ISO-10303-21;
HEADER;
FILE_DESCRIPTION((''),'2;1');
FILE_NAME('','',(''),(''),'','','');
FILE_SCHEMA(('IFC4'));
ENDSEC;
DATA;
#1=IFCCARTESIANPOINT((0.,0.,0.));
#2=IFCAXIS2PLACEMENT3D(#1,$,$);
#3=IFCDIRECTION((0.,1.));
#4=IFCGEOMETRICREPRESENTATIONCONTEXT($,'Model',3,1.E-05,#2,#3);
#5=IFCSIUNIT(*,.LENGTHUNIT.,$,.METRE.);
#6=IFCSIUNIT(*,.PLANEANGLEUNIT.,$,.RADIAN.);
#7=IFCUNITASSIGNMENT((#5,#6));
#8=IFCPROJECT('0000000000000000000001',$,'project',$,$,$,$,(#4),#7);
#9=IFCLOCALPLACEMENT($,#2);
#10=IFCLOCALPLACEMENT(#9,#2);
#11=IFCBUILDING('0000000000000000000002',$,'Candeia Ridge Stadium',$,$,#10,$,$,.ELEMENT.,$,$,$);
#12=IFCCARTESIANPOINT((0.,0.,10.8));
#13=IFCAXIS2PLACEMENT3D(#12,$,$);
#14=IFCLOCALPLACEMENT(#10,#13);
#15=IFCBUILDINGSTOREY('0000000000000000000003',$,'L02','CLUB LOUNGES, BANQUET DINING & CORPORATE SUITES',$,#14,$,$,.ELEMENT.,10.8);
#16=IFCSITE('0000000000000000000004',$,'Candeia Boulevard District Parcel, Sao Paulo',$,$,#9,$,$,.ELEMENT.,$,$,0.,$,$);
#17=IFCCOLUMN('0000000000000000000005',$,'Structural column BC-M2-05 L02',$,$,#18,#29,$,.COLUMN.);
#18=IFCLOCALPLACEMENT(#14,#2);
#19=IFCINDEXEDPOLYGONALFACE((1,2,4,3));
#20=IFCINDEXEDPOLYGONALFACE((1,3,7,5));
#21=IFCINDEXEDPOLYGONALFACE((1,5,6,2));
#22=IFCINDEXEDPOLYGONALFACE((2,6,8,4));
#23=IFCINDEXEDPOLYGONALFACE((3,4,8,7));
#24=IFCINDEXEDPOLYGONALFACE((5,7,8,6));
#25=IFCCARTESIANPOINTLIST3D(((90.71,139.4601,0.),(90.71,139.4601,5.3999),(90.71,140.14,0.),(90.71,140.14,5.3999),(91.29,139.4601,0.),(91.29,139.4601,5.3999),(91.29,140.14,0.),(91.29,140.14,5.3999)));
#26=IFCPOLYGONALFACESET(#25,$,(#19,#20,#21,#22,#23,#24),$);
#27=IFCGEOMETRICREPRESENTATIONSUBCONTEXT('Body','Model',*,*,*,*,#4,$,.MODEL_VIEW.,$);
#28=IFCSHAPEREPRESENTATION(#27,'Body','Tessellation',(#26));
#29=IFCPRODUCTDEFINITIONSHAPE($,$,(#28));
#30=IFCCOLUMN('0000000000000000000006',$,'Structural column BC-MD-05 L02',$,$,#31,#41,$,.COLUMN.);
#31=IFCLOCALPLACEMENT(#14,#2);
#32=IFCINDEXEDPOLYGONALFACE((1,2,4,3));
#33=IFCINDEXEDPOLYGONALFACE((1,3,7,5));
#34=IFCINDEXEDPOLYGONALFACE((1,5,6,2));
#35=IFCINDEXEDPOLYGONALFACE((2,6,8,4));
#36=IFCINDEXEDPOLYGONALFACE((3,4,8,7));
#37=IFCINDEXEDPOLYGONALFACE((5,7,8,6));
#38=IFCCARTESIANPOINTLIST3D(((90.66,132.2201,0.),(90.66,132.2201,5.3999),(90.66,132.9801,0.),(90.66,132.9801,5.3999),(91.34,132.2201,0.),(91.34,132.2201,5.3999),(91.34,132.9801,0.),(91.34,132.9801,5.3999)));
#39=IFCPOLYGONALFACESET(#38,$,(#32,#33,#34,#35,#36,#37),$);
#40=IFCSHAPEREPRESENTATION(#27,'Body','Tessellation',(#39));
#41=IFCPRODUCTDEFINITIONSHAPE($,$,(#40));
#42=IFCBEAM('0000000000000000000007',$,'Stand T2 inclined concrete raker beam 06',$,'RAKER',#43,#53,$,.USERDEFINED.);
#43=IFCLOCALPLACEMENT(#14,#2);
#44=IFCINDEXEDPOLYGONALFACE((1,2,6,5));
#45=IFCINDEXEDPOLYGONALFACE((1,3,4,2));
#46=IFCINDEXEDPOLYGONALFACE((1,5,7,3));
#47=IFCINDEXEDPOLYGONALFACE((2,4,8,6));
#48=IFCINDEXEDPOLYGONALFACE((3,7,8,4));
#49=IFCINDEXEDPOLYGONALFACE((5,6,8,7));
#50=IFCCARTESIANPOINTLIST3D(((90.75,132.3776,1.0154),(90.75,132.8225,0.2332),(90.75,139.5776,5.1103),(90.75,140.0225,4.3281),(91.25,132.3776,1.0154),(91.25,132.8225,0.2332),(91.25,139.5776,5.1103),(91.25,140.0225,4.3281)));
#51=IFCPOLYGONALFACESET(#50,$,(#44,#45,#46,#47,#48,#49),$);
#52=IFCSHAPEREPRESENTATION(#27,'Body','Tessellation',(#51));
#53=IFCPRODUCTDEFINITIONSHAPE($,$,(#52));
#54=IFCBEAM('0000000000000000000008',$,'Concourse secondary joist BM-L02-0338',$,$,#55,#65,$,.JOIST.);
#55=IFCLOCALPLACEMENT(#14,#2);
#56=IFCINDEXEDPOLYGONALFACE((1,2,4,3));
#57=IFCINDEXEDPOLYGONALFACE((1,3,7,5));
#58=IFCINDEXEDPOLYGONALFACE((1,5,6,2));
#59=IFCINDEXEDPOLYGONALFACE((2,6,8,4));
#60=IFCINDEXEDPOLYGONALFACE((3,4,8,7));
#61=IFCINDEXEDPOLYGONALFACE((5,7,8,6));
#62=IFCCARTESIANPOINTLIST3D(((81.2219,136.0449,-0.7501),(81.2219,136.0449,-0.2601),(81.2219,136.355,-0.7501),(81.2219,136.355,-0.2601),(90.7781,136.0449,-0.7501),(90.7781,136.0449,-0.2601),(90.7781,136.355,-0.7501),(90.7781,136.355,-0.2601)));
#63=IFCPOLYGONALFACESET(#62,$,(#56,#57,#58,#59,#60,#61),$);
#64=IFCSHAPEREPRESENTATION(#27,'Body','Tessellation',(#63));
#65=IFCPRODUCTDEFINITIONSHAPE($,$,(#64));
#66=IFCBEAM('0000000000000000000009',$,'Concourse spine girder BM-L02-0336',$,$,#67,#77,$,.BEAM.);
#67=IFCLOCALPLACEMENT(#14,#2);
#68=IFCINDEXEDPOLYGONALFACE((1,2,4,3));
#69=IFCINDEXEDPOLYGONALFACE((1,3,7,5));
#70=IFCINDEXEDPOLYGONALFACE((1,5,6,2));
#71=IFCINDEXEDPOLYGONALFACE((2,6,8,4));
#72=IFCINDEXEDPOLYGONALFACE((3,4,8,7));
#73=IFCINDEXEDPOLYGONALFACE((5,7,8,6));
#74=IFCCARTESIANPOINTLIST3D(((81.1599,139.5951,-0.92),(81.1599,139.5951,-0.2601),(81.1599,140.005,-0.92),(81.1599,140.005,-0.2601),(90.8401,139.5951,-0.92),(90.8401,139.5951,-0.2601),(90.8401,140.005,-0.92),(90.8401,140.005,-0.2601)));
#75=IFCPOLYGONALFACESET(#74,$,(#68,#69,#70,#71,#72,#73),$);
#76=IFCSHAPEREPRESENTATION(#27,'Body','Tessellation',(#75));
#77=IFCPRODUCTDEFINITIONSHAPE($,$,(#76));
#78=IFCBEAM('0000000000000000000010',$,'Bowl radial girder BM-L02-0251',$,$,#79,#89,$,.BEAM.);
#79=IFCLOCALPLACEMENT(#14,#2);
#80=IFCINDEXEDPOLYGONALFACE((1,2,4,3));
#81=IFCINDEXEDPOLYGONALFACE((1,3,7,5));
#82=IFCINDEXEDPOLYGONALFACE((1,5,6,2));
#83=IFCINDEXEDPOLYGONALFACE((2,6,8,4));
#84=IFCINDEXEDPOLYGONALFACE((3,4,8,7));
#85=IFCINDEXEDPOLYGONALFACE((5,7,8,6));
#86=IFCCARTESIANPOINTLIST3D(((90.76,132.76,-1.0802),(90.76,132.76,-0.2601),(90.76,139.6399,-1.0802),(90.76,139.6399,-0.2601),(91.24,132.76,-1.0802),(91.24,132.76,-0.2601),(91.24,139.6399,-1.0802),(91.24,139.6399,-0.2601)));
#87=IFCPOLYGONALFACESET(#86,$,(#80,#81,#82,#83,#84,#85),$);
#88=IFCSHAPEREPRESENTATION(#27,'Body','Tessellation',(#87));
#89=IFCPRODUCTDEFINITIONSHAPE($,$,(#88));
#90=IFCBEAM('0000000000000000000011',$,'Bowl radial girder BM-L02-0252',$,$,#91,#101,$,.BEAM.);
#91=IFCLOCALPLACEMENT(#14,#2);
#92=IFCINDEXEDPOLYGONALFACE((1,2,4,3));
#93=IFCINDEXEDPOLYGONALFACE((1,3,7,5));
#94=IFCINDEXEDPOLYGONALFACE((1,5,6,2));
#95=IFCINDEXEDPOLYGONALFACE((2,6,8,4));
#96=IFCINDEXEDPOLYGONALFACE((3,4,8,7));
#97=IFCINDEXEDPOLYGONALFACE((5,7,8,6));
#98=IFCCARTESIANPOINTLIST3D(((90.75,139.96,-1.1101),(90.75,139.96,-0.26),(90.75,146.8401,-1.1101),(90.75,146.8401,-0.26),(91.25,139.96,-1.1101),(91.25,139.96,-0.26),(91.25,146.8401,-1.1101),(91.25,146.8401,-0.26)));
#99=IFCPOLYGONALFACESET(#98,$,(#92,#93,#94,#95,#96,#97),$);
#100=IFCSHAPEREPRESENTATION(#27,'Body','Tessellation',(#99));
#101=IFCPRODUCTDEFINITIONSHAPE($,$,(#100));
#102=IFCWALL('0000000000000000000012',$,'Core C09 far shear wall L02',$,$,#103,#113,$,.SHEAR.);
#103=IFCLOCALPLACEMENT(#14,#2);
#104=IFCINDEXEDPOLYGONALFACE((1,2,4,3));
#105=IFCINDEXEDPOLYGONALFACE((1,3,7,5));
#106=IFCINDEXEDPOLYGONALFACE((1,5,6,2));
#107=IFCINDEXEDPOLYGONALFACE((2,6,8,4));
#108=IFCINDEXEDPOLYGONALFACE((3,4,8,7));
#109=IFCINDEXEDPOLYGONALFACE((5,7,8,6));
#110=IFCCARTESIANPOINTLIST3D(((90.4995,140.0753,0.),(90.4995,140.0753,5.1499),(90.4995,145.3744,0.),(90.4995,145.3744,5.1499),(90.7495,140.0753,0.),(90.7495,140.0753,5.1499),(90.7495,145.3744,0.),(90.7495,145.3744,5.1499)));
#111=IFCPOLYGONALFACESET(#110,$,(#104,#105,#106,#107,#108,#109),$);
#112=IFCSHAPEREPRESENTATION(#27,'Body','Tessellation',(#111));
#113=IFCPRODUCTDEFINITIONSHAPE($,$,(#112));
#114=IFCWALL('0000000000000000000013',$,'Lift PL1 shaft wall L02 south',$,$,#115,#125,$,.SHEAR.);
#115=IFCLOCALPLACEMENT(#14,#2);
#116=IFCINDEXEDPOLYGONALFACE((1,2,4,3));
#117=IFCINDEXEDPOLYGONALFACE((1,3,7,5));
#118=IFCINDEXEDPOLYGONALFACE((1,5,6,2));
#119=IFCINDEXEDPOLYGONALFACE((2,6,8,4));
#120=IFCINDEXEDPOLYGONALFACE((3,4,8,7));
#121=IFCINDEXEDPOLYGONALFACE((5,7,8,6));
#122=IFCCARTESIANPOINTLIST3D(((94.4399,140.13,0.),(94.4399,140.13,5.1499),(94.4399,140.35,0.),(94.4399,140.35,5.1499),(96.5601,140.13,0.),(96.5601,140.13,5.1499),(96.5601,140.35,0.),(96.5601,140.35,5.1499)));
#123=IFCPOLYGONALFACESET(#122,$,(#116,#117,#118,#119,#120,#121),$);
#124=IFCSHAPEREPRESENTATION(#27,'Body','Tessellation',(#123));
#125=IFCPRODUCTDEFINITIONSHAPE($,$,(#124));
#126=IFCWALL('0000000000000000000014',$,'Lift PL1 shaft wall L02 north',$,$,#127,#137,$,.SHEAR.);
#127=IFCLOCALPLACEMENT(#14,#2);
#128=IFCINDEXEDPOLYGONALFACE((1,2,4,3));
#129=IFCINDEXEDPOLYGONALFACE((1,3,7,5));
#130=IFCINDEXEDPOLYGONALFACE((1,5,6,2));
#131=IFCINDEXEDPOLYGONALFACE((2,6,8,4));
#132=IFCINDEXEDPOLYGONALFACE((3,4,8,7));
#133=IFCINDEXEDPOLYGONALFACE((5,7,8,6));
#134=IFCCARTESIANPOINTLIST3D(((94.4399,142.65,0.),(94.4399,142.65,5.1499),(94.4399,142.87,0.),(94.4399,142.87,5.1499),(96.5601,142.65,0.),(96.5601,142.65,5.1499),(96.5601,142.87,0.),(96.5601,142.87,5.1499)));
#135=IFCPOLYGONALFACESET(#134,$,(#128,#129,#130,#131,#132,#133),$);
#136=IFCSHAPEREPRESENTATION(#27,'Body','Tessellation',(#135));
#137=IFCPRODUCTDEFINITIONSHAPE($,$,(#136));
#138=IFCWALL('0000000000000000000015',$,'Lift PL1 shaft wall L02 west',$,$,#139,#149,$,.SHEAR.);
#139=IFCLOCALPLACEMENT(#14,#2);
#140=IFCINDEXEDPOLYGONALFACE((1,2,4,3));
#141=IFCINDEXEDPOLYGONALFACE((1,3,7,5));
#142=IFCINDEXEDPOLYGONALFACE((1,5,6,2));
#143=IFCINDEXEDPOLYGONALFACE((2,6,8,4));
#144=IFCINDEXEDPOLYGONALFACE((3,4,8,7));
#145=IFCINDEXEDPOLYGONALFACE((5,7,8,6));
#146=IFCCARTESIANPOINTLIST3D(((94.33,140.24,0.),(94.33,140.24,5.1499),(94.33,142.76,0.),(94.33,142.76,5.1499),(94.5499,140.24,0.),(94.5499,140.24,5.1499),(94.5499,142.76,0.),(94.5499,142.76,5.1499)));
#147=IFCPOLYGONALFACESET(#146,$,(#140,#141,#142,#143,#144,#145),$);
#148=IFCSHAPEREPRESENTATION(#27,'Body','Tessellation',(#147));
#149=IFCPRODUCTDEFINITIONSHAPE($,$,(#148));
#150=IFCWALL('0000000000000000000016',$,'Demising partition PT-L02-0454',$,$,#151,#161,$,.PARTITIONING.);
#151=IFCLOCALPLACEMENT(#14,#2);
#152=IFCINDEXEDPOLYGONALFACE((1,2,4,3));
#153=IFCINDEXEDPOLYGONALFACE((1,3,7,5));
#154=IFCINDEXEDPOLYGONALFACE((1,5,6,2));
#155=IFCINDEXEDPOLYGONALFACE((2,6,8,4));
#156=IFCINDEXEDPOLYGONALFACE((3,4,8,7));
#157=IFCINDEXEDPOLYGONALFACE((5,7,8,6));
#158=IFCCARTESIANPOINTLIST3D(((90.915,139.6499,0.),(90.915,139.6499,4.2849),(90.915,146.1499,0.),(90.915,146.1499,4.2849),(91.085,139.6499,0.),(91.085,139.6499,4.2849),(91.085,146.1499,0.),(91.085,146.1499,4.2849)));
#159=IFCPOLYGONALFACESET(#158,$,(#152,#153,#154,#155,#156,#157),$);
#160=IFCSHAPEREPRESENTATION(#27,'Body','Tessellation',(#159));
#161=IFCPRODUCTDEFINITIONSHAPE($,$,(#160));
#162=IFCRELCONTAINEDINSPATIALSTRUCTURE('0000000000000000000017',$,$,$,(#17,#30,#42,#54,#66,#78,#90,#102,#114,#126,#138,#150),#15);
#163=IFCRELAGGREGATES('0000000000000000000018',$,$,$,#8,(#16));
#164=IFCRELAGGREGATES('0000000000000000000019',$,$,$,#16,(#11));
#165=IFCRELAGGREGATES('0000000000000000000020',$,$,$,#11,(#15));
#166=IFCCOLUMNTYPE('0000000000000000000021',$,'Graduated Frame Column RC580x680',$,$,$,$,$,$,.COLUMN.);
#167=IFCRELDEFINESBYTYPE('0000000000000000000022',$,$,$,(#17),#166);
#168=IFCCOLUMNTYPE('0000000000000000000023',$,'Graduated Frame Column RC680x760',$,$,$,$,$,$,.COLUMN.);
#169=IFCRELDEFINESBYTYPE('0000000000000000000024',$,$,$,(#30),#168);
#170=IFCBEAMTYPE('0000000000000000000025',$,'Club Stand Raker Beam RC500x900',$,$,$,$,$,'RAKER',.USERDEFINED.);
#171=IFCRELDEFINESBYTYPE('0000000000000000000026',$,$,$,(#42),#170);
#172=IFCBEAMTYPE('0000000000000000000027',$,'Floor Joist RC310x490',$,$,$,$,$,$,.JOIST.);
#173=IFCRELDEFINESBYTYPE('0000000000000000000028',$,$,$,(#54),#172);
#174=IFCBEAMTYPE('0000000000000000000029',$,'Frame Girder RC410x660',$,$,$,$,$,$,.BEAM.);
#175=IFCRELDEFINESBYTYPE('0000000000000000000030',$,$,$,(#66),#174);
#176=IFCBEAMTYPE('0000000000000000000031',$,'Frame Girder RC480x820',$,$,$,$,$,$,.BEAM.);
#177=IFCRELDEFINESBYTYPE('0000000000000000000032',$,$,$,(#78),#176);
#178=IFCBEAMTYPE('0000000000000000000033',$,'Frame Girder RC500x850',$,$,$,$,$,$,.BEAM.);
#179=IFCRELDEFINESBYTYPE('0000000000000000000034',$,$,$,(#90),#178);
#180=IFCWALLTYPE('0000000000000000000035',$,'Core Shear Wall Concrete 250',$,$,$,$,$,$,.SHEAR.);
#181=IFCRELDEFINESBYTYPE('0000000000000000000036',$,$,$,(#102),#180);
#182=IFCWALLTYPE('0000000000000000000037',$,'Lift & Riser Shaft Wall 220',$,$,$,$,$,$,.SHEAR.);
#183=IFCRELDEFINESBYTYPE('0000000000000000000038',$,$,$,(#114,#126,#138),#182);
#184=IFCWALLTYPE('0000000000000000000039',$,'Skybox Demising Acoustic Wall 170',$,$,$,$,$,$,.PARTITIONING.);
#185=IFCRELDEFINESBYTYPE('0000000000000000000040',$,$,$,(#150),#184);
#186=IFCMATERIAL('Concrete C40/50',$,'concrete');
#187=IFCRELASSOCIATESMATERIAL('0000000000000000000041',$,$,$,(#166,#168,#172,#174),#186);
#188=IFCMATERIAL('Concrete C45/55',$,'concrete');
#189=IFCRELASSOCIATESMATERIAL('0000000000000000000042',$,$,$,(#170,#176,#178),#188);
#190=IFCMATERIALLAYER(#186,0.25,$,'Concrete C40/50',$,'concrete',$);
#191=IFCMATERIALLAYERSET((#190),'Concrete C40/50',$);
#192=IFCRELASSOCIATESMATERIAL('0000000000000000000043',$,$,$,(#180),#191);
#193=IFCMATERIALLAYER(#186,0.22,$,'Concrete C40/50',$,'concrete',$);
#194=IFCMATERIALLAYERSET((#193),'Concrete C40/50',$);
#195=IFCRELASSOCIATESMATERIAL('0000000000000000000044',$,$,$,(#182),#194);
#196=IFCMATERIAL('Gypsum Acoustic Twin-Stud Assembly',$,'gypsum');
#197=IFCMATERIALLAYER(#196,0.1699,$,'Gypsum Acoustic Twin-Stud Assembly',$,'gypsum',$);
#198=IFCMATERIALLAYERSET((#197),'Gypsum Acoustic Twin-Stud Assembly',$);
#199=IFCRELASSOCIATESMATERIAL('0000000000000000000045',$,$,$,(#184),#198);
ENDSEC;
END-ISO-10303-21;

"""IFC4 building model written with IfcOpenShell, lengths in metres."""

from ifc_helpers import new_model, si_unit, direction, frame, frame_2d, origin, origin_2d, place, context, subcontext, project, spatial, rectangle, extrude, material, layer, layer_set, material_profile, profile_set, type_object, element, save


model = new_model("IFC4")

# Units and contexts
model_context = context("Model", 3, precision=1e-05, world=origin(), true_north=direction((0.0, 1.0)))
body_context = subcontext(model_context, "Body", "Model", "MODEL_VIEW")
ifc_project = project(units=[si_unit("LENGTHUNIT", "METRE"), si_unit("PLANEANGLEUNIT", "RADIAN")], contexts=[model_context])

# Site, building, storey
site_placement = place(None, origin())
site = spatial("IfcSite", under=ifc_project, at=site_placement, Name="Candeia Boulevard District Parcel, Sao Paulo", CompositionType="ELEMENT", RefElevation=0.0)
building_placement = place(site_placement, origin())
building = spatial("IfcBuilding", under=site, at=building_placement, Name="Candeia Ridge Stadium", CompositionType="ELEMENT")
storey_placement = place(building_placement, frame((0.0, 0.0, 10.8)))
storey = spatial("IfcBuildingStorey", under=building, at=storey_placement, Name="L02", Description="CLUB LOUNGES, BANQUET DINING & CORPORATE SUITES", CompositionType="ELEMENT", Elevation=10.8)

# Columns
ifc_material_1 = material(Name="Concrete C40/50", Category="concrete")
ifc_material_profile_1 = material_profile(ifc_material_1, rectangle(XDim=0.5801, YDim=0.6799, at=origin_2d()), Name="RC580x680", Category="concrete")
ifc_profile_set_1 = profile_set([ifc_material_profile_1], Name="Concrete C40/50")
column_type_1 = type_object("IfcColumnType", Name="Graduated Frame Column RC580x680", PredefinedType="COLUMN", material=ifc_profile_set_1)
column_1_placement = place(storey_placement, frame((91.0, 139.8, 0.0), z_axis=(0.0, 0.0, 1.0), x_axis=(1.0, 0.0, 0.0)))
element("IfcColumn", 1, at=column_1_placement, inside=storey, type_object=column_type_1, Name="Structural column BC-M2-05 L02", PredefinedType="COLUMN", context=body_context, shape_type="SweptSolid", body=[
    extrude(rectangle(XDim=0.5801, YDim=0.6799, at=origin_2d()), origin(), (0.0, 0.0, 1.0), 5.3999),
])
ifc_material_profile_2 = material_profile(ifc_material_1, rectangle(XDim=0.6799, YDim=0.76, at=origin_2d()), Name="RC680x760", Category="concrete")
ifc_profile_set_2 = profile_set([ifc_material_profile_2], Name="Concrete C40/50")
column_type_2 = type_object("IfcColumnType", Name="Graduated Frame Column RC680x760", PredefinedType="COLUMN", material=ifc_profile_set_2)
column_2_placement = place(storey_placement, frame((91.0, 132.6001, 0.0), z_axis=(0.0, 0.0, 1.0), x_axis=(1.0, 0.0, 0.0)))
element("IfcColumn", 2, at=column_2_placement, inside=storey, type_object=column_type_2, Name="Structural column BC-MD-05 L02", PredefinedType="COLUMN", context=body_context, shape_type="SweptSolid", body=[
    extrude(rectangle(XDim=0.6799, YDim=0.76, at=origin_2d()), origin(), (0.0, 0.0, 1.0), 5.3999),
])

# Beams
ifc_material_2 = material(Name="Concrete C45/55", Category="concrete")
ifc_material_profile_3 = material_profile(ifc_material_2, rectangle(XDim=0.5, YDim=0.8999, at=origin_2d()), Name="RC500x900", Category="concrete")
ifc_profile_set_3 = profile_set([ifc_material_profile_3], Name="Concrete C45/55")
beam_type_1 = type_object("IfcBeamType", Name="Club Stand Raker Beam RC500x900", ElementType="RAKER", PredefinedType="USERDEFINED", material=ifc_profile_set_3)
beam_1_placement = place(storey_placement, frame((91.0, 132.6001, 0.6243), z_axis=(0.0, 0.869244, 0.494383), x_axis=(-1.0, 0.0, 0.0)))
element("IfcBeam", 3, at=beam_1_placement, inside=storey, type_object=beam_type_1, Name="Stand T2 inclined concrete raker beam 06", ObjectType="RAKER", PredefinedType="USERDEFINED", context=body_context, shape_type="SweptSolid", body=[
    extrude(rectangle(XDim=0.5, YDim=0.8999, at=origin_2d()), origin(), (0.0, 0.0, 1.0), 8.283),
])
ifc_material_profile_4 = material_profile(ifc_material_1, rectangle(XDim=0.3101, YDim=0.49, at=origin_2d()), Name="RC310x490", Category="concrete")
ifc_profile_set_4 = profile_set([ifc_material_profile_4], Name="Concrete C40/50")
beam_type_2 = type_object("IfcBeamType", Name="Floor Joist RC310x490", PredefinedType="JOIST", material=ifc_profile_set_4)
beam_2_placement = place(storey_placement, frame((90.7781, 136.2, -0.5051), z_axis=(-1.0, 0.0, 0.0), x_axis=(0.0, -1.0, 0.0)))
element("IfcBeam", 4, at=beam_2_placement, inside=storey, type_object=beam_type_2, Name="Concourse secondary joist BM-L02-0338", PredefinedType="JOIST", context=body_context, shape_type="SweptSolid", body=[
    extrude(rectangle(XDim=0.3101, YDim=0.49, at=origin_2d()), origin(), (0.0, 0.0, 1.0), 9.5562),
])
ifc_material_profile_5 = material_profile(ifc_material_1, rectangle(XDim=0.4099, YDim=0.6599, at=origin_2d()), Name="RC410x660", Category="concrete")
ifc_profile_set_5 = profile_set([ifc_material_profile_5], Name="Concrete C40/50")
beam_type_3 = type_object("IfcBeamType", Name="Frame Girder RC410x660", PredefinedType="BEAM", material=ifc_profile_set_5)
beam_3_placement = place(storey_placement, frame((90.8401, 139.8, -0.5901), z_axis=(-1.0, 0.0, 0.0), x_axis=(0.0, -1.0, 0.0)))
element("IfcBeam", 5, at=beam_3_placement, inside=storey, type_object=beam_type_3, Name="Concourse spine girder BM-L02-0336", PredefinedType="BEAM", context=body_context, shape_type="SweptSolid", body=[
    extrude(rectangle(XDim=0.4099, YDim=0.6599, at=origin_2d()), origin(), (0.0, 0.0, 1.0), 9.6802),
])
ifc_material_profile_6 = material_profile(ifc_material_2, rectangle(XDim=0.48, YDim=0.8201, at=origin_2d()), Name="RC480x820", Category="concrete")
ifc_profile_set_6 = profile_set([ifc_material_profile_6], Name="Concrete C45/55")
beam_type_4 = type_object("IfcBeamType", Name="Frame Girder RC480x820", PredefinedType="BEAM", material=ifc_profile_set_6)
beam_4_placement = place(storey_placement, frame((91.0, 132.76, -0.6702), z_axis=(0.0, 1.0, 0.0), x_axis=(-1.0, 0.0, 0.0)))
element("IfcBeam", 6, at=beam_4_placement, inside=storey, type_object=beam_type_4, Name="Bowl radial girder BM-L02-0251", PredefinedType="BEAM", context=body_context, shape_type="SweptSolid", body=[
    extrude(rectangle(XDim=0.48, YDim=0.8201, at=origin_2d()), origin(), (0.0, 0.0, 1.0), 6.8799),
])
ifc_material_profile_7 = material_profile(ifc_material_2, rectangle(XDim=0.5, YDim=0.8501, at=origin_2d()), Name="RC500x850", Category="concrete")
ifc_profile_set_7 = profile_set([ifc_material_profile_7], Name="Concrete C45/55")
beam_type_5 = type_object("IfcBeamType", Name="Frame Girder RC500x850", PredefinedType="BEAM", material=ifc_profile_set_7)
beam_5_placement = place(storey_placement, frame((91.0, 139.96, -0.6851), z_axis=(0.0, 1.0, 0.0), x_axis=(-1.0, 0.0, 0.0)))
element("IfcBeam", 7, at=beam_5_placement, inside=storey, type_object=beam_type_5, Name="Bowl radial girder BM-L02-0252", PredefinedType="BEAM", context=body_context, shape_type="SweptSolid", body=[
    extrude(rectangle(XDim=0.5, YDim=0.8501, at=origin_2d()), origin(), (0.0, 0.0, 1.0), 6.8801),
])

# Walls
ifc_layer_1 = layer(ifc_material_1, 0.25, Name="Concrete C40/50", Category="concrete")
ifc_layer_set_1 = layer_set([ifc_layer_1], Name="Concrete C40/50")
wall_type_1 = type_object("IfcWallType", Name="Core Shear Wall Concrete 250", PredefinedType="SHEAR", material=ifc_layer_set_1)
wall_1_placement = place(storey_placement, frame((90.6245, 140.0754, 0.0), z_axis=(0.0, 0.0, 1.0), x_axis=(0.0, 1.0, 0.0)))
element("IfcWall", 8, at=wall_1_placement, inside=storey, type_object=wall_type_1, Name="Core C09 far shear wall L02", PredefinedType="SHEAR", context=body_context, shape_type="SweptSolid", body=[
    extrude(rectangle(XDim=5.2991, YDim=0.25, at=frame_2d((2.6494, 0.0))), origin(), (0.0, 0.0, 1.0), 5.1499),
])
ifc_layer_2 = layer(ifc_material_1, 0.22, Name="Concrete C40/50", Category="concrete")
ifc_layer_set_2 = layer_set([ifc_layer_2], Name="Concrete C40/50")
wall_type_2 = type_object("IfcWallType", Name="Lift & Riser Shaft Wall 220", PredefinedType="SHEAR", material=ifc_layer_set_2)
wall_2_placement = place(storey_placement, frame((94.4399, 140.24, 0.0), z_axis=(0.0, 0.0, 1.0), x_axis=(1.0, 0.0, 0.0)))
element("IfcWall", 9, at=wall_2_placement, inside=storey, type_object=wall_type_2, Name="Lift PL1 shaft wall L02 south", PredefinedType="SHEAR", context=body_context, shape_type="SweptSolid", body=[
    extrude(rectangle(XDim=2.1201, YDim=0.22, at=frame_2d((1.0601, 0.0))), origin(), (0.0, 0.0, 1.0), 5.1499),
])

# Walls
wall_3_placement = place(storey_placement, frame((96.5601, 142.76, 0.0), z_axis=(0.0, 0.0, 1.0), x_axis=(-1.0, 0.0, 0.0)))
element("IfcWall", 10, at=wall_3_placement, inside=storey, type_object=wall_type_2, Name="Lift PL1 shaft wall L02 north", PredefinedType="SHEAR", context=body_context, shape_type="SweptSolid", body=[
    extrude(rectangle(XDim=2.1201, YDim=0.22, at=frame_2d((1.0601, 0.0))), origin(), (0.0, 0.0, 1.0), 5.1499),
])
wall_4_placement = place(storey_placement, frame((94.4399, 142.76, 0.0), z_axis=(0.0, 0.0, 1.0), x_axis=(0.0, -1.0, 0.0)))
element("IfcWall", 11, at=wall_4_placement, inside=storey, type_object=wall_type_2, Name="Lift PL1 shaft wall L02 west", PredefinedType="SHEAR", context=body_context, shape_type="SweptSolid", body=[
    extrude(rectangle(XDim=2.52, YDim=0.22, at=frame_2d((1.26, 0.0))), origin(), (0.0, 0.0, 1.0), 5.1499),
])
ifc_material_3 = material(Name="Gypsum Acoustic Twin-Stud Assembly", Category="gypsum")
ifc_layer_3 = layer(ifc_material_3, 0.1699, Name="Gypsum Acoustic Twin-Stud Assembly", Category="gypsum")
ifc_layer_set_3 = layer_set([ifc_layer_3], Name="Gypsum Acoustic Twin-Stud Assembly")
wall_type_3 = type_object("IfcWallType", Name="Skybox Demising Acoustic Wall 170", PredefinedType="PARTITIONING", material=ifc_layer_set_3)
wall_5_placement = place(storey_placement, frame((91.0, 139.6499, 0.0), z_axis=(0.0, 0.0, 1.0), x_axis=(0.0, 1.0, 0.0)))
element("IfcWall", 12, at=wall_5_placement, inside=storey, type_object=wall_type_3, Name="Demising partition PT-L02-0454", PredefinedType="PARTITIONING", context=body_context, shape_type="SweptSolid", body=[
    extrude(rectangle(XDim=6.5, YDim=0.1699, at=frame_2d((3.25, 0.0))), origin(), (0.0, 0.0, 1.0), 4.2849),
])

save(model, "model.ifc")
